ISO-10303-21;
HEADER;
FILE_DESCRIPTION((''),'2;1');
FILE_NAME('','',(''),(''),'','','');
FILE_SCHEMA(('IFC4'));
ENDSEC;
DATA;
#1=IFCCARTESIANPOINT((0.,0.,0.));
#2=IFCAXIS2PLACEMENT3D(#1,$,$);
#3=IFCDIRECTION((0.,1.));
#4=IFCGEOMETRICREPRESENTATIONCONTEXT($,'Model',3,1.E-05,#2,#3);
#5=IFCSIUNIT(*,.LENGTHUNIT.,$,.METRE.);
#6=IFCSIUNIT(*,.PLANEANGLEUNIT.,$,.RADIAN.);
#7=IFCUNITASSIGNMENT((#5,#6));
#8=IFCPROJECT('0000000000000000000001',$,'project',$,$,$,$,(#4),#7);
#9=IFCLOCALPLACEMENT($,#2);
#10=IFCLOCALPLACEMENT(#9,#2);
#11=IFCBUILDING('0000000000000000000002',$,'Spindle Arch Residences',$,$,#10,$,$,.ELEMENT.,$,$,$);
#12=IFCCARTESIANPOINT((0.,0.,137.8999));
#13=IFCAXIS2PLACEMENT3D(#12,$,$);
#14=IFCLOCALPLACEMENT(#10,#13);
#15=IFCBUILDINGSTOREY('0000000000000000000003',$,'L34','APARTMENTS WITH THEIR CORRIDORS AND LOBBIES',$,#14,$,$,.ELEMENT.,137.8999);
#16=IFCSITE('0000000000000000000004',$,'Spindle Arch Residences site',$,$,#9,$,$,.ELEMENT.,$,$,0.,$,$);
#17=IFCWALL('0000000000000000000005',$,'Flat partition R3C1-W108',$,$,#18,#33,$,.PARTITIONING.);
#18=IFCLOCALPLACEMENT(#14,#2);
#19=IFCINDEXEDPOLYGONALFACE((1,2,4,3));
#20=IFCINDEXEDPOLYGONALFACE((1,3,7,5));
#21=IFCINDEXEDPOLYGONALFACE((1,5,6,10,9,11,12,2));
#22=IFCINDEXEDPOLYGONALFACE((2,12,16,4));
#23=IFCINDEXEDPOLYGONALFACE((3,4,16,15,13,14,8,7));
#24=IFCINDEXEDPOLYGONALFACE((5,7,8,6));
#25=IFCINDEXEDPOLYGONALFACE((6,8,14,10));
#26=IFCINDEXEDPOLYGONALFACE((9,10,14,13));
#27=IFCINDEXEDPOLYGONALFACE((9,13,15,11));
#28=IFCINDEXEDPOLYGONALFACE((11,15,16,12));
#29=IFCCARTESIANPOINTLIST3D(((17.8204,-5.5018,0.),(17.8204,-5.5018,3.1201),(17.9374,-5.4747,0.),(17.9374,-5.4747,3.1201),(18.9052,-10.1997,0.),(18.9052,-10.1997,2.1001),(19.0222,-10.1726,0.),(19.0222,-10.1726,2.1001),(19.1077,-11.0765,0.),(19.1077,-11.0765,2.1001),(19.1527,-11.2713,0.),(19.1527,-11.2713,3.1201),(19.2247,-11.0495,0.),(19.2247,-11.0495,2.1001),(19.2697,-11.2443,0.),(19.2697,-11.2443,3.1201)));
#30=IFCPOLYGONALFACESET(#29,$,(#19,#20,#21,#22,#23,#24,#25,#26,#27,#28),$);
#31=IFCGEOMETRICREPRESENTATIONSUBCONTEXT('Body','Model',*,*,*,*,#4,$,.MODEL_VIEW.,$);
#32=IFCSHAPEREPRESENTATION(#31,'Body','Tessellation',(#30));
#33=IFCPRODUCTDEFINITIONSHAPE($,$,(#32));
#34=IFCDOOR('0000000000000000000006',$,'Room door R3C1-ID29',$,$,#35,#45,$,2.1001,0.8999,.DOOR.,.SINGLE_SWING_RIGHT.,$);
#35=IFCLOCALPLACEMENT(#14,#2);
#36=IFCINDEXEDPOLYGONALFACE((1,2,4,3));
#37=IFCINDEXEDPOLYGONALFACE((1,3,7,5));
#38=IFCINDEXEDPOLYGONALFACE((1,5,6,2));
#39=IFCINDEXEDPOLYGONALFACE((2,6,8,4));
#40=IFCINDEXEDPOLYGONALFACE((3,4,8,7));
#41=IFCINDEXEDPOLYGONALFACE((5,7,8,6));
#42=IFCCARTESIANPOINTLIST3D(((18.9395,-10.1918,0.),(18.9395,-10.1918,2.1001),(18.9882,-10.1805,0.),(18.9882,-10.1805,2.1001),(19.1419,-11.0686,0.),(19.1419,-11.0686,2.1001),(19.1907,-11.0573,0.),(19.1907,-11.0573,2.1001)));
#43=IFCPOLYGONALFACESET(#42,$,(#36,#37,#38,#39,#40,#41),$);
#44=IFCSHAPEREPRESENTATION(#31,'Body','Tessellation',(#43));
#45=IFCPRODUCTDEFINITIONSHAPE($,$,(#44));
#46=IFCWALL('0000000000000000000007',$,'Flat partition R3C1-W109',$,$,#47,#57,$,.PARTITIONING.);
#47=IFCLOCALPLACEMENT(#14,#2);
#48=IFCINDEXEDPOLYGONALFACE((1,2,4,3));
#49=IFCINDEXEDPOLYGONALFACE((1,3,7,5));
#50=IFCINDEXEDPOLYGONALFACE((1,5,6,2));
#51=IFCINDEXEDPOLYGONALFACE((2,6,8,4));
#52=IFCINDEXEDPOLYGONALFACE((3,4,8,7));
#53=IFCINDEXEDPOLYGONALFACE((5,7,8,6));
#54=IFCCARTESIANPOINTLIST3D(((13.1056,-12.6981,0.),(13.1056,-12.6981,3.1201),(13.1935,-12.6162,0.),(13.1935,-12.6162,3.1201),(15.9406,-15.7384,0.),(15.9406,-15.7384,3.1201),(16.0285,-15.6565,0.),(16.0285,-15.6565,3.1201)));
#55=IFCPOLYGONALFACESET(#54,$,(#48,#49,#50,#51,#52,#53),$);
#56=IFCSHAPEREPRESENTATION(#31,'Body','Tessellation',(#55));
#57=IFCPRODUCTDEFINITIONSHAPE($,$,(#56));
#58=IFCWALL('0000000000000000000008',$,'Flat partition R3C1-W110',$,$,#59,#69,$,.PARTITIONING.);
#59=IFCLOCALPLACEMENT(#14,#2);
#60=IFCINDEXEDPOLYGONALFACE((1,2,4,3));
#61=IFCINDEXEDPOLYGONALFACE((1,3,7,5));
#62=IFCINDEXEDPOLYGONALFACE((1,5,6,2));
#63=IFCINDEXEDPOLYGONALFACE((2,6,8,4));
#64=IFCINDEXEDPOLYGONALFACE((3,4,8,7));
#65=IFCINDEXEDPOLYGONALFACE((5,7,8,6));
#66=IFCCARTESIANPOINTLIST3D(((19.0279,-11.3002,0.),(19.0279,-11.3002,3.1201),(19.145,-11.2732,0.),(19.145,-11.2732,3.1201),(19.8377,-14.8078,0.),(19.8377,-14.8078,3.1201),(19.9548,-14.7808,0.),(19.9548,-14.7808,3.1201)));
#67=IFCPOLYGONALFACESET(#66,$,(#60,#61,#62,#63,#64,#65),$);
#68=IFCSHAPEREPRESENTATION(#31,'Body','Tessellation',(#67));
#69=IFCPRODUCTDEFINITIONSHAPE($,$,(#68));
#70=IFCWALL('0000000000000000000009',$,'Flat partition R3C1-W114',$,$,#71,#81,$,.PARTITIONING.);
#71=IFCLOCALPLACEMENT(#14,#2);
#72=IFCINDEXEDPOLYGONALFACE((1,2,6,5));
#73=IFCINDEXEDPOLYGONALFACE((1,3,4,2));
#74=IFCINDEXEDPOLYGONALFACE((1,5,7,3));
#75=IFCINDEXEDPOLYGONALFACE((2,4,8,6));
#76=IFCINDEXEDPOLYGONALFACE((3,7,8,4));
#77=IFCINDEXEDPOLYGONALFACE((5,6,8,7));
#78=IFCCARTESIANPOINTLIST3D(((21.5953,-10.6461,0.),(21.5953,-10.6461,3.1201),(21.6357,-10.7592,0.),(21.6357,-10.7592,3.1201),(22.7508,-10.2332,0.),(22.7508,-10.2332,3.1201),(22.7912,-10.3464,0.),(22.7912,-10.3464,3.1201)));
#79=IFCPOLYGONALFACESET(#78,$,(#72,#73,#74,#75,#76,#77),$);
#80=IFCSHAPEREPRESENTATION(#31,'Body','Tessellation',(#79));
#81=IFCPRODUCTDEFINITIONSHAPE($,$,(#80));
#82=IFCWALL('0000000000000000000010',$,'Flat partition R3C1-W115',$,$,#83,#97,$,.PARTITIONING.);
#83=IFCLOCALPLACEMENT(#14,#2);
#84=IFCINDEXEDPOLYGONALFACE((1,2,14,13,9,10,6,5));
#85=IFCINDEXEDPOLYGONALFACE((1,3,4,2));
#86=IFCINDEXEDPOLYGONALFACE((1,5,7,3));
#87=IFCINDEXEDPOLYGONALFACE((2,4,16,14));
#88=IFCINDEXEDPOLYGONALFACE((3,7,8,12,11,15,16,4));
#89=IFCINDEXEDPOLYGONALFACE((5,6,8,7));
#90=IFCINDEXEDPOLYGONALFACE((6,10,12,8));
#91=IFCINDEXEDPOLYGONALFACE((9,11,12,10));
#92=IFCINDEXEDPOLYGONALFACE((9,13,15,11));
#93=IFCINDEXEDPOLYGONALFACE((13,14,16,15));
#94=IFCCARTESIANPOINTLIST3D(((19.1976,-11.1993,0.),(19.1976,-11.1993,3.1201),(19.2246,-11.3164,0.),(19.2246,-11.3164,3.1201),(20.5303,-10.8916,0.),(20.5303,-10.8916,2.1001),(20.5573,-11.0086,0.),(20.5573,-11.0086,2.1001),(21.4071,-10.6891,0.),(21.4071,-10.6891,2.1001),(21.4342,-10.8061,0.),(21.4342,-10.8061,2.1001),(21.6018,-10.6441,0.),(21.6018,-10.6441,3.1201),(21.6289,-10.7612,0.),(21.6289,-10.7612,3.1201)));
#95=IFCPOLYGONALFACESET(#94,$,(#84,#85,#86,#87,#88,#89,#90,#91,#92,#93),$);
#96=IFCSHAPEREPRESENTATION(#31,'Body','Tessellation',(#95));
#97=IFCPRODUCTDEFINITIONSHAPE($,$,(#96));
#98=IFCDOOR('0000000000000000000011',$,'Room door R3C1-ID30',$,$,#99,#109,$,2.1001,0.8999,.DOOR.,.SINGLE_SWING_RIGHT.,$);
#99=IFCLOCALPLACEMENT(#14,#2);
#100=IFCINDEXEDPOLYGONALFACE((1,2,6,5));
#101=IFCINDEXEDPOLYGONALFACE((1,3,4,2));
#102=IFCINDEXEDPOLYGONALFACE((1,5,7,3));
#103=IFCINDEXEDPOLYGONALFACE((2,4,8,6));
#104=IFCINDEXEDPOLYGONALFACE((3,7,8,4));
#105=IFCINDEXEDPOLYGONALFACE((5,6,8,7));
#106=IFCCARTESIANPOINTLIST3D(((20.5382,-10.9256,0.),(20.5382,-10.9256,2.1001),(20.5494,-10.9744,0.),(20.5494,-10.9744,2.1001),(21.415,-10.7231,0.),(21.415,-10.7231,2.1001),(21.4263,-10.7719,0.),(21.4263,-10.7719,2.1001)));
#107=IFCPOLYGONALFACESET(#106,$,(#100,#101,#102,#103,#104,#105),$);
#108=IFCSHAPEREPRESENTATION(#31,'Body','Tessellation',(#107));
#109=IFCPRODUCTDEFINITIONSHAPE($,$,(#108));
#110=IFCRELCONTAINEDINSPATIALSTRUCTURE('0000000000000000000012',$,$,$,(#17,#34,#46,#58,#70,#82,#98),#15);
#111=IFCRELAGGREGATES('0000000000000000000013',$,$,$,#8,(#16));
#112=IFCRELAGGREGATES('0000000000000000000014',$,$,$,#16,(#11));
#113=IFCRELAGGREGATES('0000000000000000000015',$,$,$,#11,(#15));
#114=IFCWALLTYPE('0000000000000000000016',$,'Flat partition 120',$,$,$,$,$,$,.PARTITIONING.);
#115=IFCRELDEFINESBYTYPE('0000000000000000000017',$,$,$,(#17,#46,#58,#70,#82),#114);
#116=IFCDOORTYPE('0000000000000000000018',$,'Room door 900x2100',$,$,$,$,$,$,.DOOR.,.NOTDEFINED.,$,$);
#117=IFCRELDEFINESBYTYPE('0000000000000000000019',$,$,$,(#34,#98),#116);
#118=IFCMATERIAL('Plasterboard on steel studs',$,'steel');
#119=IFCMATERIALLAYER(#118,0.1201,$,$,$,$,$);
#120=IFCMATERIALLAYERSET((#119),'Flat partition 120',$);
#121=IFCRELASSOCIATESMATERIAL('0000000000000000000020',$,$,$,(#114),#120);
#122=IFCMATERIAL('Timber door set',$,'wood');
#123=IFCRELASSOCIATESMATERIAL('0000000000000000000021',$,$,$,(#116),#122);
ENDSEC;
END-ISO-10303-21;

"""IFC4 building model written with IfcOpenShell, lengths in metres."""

from ifc_helpers import new_model, si_unit, direction, frame, frame_2d, origin, place, context, subcontext, project, spatial, rectangle, extrude, material, layer, layer_set, type_object, element, fill, save


model = new_model("IFC4")

# Units and contexts
model_context = context("Model", 3, precision=1e-05, world=origin(), true_north=direction((0.0, 1.0)))
body_context = subcontext(model_context, "Body", "Model", "MODEL_VIEW")
ifc_project = project(units=[si_unit("LENGTHUNIT", "METRE"), si_unit("PLANEANGLEUNIT", "RADIAN")], contexts=[model_context])

# Site, building, storey
site_placement = place(None, origin())
site = spatial("IfcSite", under=ifc_project, at=site_placement, Name="Spindle Arch Residences site", CompositionType="ELEMENT", RefElevation=0.0)
building_placement = place(site_placement, origin())
building = spatial("IfcBuilding", under=site, at=building_placement, Name="Spindle Arch Residences", CompositionType="ELEMENT")
storey_placement = place(building_placement, frame((0.0, 0.0, 137.8999)))
storey = spatial("IfcBuildingStorey", under=building, at=storey_placement, Name="L34", Description="APARTMENTS WITH THEIR CORRIDORS AND LOBBIES", CompositionType="ELEMENT", Elevation=137.8999)

# Wall, opening, door
ifc_material_1 = material(Name="Plasterboard on steel studs", Category="steel")
ifc_layer_1 = layer(ifc_material_1, 0.1201)
ifc_layer_set_1 = layer_set([ifc_layer_1], Name="Flat partition 120")
wall_type = type_object("IfcWallType", Name="Flat partition 120", PredefinedType="PARTITIONING", material=ifc_layer_set_1)
wall_1_placement = place(storey_placement, frame((19.2112, -11.2578, 0.0), z_axis=(0.0, 0.0, 1.0), x_axis=(-0.224995, 0.97436, 0.0)))
wall_1 = element("IfcWall", 1, at=wall_1_placement, inside=storey, type_object=wall_type, Name="Flat partition R3C1-W108", PredefinedType="PARTITIONING", context=body_context, shape_type="SweptSolid", body=[
    extrude(rectangle(XDim=5.9214, YDim=0.1201, at=frame_2d((2.9607, 0.0))), origin(), (0.0, 0.0, 1.0), 3.1201),
])
opening_1_placement = place(wall_1_placement, frame((0.2, 0.0, 0.0)))
opening_1 = element("IfcOpeningElement", 2, at=opening_1_placement, cuts=wall_1, PredefinedType="OPENING", context=body_context, shape_type="SweptSolid", body=[
    extrude(rectangle(XDim=0.8999, YDim=2.1001, at=frame_2d((0.45, 1.05))), frame((0.0, 0.0701, 0.0), z_axis=(0.0, -1.0, 0.0), x_axis=(1.0, 0.0, 0.0)), (0.0, 0.0, 1.0), 0.1401),
])
ifc_material_2 = material(Name="Timber door set", Category="wood")
door_type = type_object("IfcDoorType", Name="Room door 900x2100", OperationType="NOTDEFINED", PredefinedType="DOOR", material=ifc_material_2)
door_1_placement = place(opening_1_placement, origin())
door_1 = element("IfcDoor", 3, at=door_1_placement, inside=storey, type_object=door_type, Name="Room door R3C1-ID29", OperationType="SINGLE_SWING_RIGHT", OverallHeight=2.1001, OverallWidth=0.8999, PredefinedType="DOOR", context=body_context, shape_type="SweptSolid", body=[
    extrude(rectangle(XDim=0.8999, YDim=2.1001, at=frame_2d((0.45, 1.05))), frame((0.0, 0.0249, 0.0), z_axis=(0.0, -1.0, 0.0), x_axis=(1.0, 0.0, 0.0)), (0.0, 0.0, 1.0), 0.05),
])
fill(opening_1, door_1)

# Walls
wall_2_placement = place(storey_placement, frame((15.9846, -15.6975, 0.0), z_axis=(0.0, 0.0, 1.0), x_axis=(-0.681979, 0.731372, 0.0)))
element("IfcWall", 4, at=wall_2_placement, inside=storey, type_object=wall_type, Name="Flat partition R3C1-W109", PredefinedType="PARTITIONING", context=body_context, shape_type="SweptSolid", body=[
    extrude(rectangle(XDim=4.157, YDim=0.1201, at=frame_2d((2.0786, 0.0))), origin(), (0.0, 0.0, 1.0), 3.1201),
])
wall_3_placement = place(storey_placement, frame((19.8962, -14.7942, 0.0), z_axis=(0.0, 0.0, 1.0), x_axis=(-0.224959, 0.974368, 0.0)))
element("IfcWall", 5, at=wall_3_placement, inside=storey, type_object=wall_type, Name="Flat partition R3C1-W110", PredefinedType="PARTITIONING", context=body_context, shape_type="SweptSolid", body=[
    extrude(rectangle(XDim=3.5999, YDim=0.1201, at=frame_2d((1.7998, 0.0))), origin(), (0.0, 0.0, 1.0), 3.1201),
])
wall_4_placement = place(storey_placement, frame((22.771, -10.2898, 0.0), z_axis=(0.0, 0.0, 1.0), x_axis=(-0.941701, -0.33645, 0.0)))
element("IfcWall", 6, at=wall_4_placement, inside=storey, type_object=wall_type, Name="Flat partition R3C1-W114", PredefinedType="PARTITIONING", context=body_context, shape_type="SweptSolid", body=[
    extrude(rectangle(XDim=1.2271, YDim=0.1201, at=frame_2d((0.6135, 0.0))), origin(), (0.0, 0.0, 1.0), 3.1201),
])

# Wall, opening, door
wall_5_placement = place(storey_placement, frame((21.6155, -10.7026, 0.0), z_axis=(0.0, 0.0, 1.0), x_axis=(-0.974361, -0.22499, 0.0)))
wall_5 = element("IfcWall", 7, at=wall_5_placement, inside=storey, type_object=wall_type, Name="Flat partition R3C1-W115", PredefinedType="PARTITIONING", context=body_context, shape_type="SweptSolid", body=[
    extrude(rectangle(XDim=2.4675, YDim=0.1201, at=frame_2d((1.2339, 0.0))), origin(), (0.0, 0.0, 1.0), 3.1201),
])
opening_2_placement = place(wall_5_placement, frame((0.2, 0.0, 0.0)))
opening_2 = element("IfcOpeningElement", 8, at=opening_2_placement, cuts=wall_5, PredefinedType="OPENING", context=body_context, shape_type="SweptSolid", body=[
    extrude(rectangle(XDim=0.8999, YDim=2.1001, at=frame_2d((0.45, 1.05))), frame((0.0, 0.0701, 0.0), z_axis=(0.0, -1.0, 0.0), x_axis=(1.0, 0.0, 0.0)), (0.0, 0.0, 1.0), 0.1401),
])
door_2_placement = place(opening_2_placement, origin())
door_2 = element("IfcDoor", 9, at=door_2_placement, inside=storey, type_object=door_type, Name="Room door R3C1-ID30", OperationType="SINGLE_SWING_RIGHT", OverallHeight=2.1001, OverallWidth=0.8999, PredefinedType="DOOR", context=body_context, shape_type="SweptSolid", body=[
    extrude(rectangle(XDim=0.8999, YDim=2.1001, at=frame_2d((0.45, 1.05))), frame((0.0, 0.0249, 0.0), z_axis=(0.0, -1.0, 0.0), x_axis=(1.0, 0.0, 0.0)), (0.0, 0.0, 1.0), 0.05),
])
fill(opening_2, door_2)

save(model, "model.ifc")
